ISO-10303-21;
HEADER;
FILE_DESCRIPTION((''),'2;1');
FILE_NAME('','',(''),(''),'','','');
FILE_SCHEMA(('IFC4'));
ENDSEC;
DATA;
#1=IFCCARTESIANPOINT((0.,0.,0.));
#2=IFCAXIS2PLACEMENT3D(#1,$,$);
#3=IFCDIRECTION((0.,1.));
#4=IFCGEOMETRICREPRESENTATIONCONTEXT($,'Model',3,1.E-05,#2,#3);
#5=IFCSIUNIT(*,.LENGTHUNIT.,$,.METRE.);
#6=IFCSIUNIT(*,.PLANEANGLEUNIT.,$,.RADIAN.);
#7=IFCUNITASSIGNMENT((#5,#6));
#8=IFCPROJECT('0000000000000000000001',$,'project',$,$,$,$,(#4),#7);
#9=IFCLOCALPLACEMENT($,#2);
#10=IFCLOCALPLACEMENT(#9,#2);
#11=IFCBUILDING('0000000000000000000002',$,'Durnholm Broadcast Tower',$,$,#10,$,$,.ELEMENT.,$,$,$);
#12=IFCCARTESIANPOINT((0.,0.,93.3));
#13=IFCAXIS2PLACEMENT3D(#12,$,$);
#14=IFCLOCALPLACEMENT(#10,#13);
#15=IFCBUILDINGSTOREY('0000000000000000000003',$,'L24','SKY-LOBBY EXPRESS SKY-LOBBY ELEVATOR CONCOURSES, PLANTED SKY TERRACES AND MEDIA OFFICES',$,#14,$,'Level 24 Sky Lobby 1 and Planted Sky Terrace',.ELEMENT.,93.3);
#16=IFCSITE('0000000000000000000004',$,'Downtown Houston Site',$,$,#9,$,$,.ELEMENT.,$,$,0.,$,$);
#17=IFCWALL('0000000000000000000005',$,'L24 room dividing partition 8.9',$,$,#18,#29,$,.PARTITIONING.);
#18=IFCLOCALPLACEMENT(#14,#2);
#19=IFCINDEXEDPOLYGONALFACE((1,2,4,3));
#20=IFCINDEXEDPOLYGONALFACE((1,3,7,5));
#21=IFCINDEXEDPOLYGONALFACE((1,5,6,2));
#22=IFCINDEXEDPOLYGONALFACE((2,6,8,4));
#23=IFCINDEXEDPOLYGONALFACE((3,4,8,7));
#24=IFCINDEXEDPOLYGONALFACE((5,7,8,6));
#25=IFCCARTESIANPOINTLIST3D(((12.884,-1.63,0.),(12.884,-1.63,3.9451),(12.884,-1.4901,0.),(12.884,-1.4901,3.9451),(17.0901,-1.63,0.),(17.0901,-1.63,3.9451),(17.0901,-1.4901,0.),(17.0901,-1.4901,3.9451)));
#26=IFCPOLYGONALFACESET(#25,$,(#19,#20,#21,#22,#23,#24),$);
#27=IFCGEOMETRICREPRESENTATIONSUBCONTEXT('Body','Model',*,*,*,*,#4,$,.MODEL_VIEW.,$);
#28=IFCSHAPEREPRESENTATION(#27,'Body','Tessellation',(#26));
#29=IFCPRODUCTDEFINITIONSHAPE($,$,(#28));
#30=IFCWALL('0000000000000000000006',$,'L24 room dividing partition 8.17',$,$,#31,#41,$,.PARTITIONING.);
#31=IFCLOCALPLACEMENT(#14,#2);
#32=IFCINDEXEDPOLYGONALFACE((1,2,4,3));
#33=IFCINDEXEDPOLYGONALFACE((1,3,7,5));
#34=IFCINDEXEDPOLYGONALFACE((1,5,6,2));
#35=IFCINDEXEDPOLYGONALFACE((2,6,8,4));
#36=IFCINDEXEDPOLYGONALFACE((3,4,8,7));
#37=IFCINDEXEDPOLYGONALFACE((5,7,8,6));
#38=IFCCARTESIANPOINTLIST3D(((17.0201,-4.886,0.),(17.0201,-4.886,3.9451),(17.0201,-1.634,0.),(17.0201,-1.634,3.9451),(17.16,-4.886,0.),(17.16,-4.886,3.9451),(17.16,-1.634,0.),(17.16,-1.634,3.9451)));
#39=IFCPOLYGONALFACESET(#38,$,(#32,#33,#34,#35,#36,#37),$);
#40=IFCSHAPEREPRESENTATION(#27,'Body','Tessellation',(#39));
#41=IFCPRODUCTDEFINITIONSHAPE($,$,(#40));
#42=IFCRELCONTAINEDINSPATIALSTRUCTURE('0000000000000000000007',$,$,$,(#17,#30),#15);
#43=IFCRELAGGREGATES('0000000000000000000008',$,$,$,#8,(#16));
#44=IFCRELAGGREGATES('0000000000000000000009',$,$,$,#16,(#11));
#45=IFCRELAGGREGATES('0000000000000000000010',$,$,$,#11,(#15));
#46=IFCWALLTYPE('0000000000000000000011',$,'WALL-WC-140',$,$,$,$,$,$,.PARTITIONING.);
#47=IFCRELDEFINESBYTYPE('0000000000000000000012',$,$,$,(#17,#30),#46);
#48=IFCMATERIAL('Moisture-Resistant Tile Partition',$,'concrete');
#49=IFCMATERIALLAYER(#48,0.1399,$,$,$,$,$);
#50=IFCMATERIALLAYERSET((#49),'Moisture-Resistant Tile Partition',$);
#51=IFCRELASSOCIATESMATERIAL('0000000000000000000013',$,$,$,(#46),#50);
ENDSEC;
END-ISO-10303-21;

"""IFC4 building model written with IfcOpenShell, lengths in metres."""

from ifc_helpers import new_model, si_unit, direction, frame, frame_2d, origin, place, context, subcontext, project, spatial, rectangle, extrude, material, layer, layer_set, type_object, element, save


model = new_model("IFC4")

# Units and contexts
model_context = context("Model", 3, precision=1e-05, world=origin(), true_north=direction((0.0, 1.0)))
body_context = subcontext(model_context, "Body", "Model", "MODEL_VIEW")
ifc_project = project(units=[si_unit("LENGTHUNIT", "METRE"), si_unit("PLANEANGLEUNIT", "RADIAN")], contexts=[model_context])

# Site, building, storey
site_placement = place(None, origin())
site = spatial("IfcSite", under=ifc_project, at=site_placement, Name="Downtown Houston Site", CompositionType="ELEMENT", RefElevation=0.0)
building_placement = place(site_placement, origin())
building = spatial("IfcBuilding", under=site, at=building_placement, Name="Durnholm Broadcast Tower", CompositionType="ELEMENT")
storey_placement = place(building_placement, frame((0.0, 0.0, 93.3)))
storey = spatial("IfcBuildingStorey", under=building, at=storey_placement, Name="L24", Description="SKY-LOBBY EXPRESS SKY-LOBBY ELEVATOR CONCOURSES, PLANTED SKY TERRACES AND MEDIA OFFICES", LongName="Level 24 Sky Lobby 1 and Planted Sky Terrace", CompositionType="ELEMENT", Elevation=93.3)

# Shared definitions
ifc_material_1 = material(Name="Moisture-Resistant Tile Partition", Category="concrete")
ifc_layer_1 = layer(ifc_material_1, 0.1399)
ifc_layer_set_1 = layer_set([ifc_layer_1], Name="Moisture-Resistant Tile Partition")
wall_type_1 = type_object("IfcWallType", Name="WALL-WC-140", PredefinedType="PARTITIONING", material=ifc_layer_set_1)

# Walls
wall_1_placement = place(storey_placement, frame((12.884, -1.5601, 0.0), z_axis=(0.0, 0.0, 1.0), x_axis=(1.0, 0.0, 0.0)))
element("IfcWall", 1, at=wall_1_placement, inside=storey, type_object=wall_type_1, Name="L24 room dividing partition 8.9", PredefinedType="PARTITIONING", context=body_context, shape_type="SweptSolid", body=[
    extrude(rectangle(XDim=4.2061, YDim=0.1399, at=frame_2d((2.103, 0.0))), origin(), (0.0, 0.0, 1.0), 3.9451),
])
wall_2_placement = place(storey_placement, frame((17.0901, -1.634, 0.0), z_axis=(0.0, 0.0, 1.0), x_axis=(0.0, -1.0, 0.0)))
element("IfcWall", 2, at=wall_2_placement, inside=storey, type_object=wall_type_1, Name="L24 room dividing partition 8.17", PredefinedType="PARTITIONING", context=body_context, shape_type="SweptSolid", body=[
    extrude(rectangle(XDim=3.252, YDim=0.1399, at=frame_2d((1.626, 0.0))), origin(), (0.0, 0.0, 1.0), 3.9451),
])

save(model, "model.ifc")
